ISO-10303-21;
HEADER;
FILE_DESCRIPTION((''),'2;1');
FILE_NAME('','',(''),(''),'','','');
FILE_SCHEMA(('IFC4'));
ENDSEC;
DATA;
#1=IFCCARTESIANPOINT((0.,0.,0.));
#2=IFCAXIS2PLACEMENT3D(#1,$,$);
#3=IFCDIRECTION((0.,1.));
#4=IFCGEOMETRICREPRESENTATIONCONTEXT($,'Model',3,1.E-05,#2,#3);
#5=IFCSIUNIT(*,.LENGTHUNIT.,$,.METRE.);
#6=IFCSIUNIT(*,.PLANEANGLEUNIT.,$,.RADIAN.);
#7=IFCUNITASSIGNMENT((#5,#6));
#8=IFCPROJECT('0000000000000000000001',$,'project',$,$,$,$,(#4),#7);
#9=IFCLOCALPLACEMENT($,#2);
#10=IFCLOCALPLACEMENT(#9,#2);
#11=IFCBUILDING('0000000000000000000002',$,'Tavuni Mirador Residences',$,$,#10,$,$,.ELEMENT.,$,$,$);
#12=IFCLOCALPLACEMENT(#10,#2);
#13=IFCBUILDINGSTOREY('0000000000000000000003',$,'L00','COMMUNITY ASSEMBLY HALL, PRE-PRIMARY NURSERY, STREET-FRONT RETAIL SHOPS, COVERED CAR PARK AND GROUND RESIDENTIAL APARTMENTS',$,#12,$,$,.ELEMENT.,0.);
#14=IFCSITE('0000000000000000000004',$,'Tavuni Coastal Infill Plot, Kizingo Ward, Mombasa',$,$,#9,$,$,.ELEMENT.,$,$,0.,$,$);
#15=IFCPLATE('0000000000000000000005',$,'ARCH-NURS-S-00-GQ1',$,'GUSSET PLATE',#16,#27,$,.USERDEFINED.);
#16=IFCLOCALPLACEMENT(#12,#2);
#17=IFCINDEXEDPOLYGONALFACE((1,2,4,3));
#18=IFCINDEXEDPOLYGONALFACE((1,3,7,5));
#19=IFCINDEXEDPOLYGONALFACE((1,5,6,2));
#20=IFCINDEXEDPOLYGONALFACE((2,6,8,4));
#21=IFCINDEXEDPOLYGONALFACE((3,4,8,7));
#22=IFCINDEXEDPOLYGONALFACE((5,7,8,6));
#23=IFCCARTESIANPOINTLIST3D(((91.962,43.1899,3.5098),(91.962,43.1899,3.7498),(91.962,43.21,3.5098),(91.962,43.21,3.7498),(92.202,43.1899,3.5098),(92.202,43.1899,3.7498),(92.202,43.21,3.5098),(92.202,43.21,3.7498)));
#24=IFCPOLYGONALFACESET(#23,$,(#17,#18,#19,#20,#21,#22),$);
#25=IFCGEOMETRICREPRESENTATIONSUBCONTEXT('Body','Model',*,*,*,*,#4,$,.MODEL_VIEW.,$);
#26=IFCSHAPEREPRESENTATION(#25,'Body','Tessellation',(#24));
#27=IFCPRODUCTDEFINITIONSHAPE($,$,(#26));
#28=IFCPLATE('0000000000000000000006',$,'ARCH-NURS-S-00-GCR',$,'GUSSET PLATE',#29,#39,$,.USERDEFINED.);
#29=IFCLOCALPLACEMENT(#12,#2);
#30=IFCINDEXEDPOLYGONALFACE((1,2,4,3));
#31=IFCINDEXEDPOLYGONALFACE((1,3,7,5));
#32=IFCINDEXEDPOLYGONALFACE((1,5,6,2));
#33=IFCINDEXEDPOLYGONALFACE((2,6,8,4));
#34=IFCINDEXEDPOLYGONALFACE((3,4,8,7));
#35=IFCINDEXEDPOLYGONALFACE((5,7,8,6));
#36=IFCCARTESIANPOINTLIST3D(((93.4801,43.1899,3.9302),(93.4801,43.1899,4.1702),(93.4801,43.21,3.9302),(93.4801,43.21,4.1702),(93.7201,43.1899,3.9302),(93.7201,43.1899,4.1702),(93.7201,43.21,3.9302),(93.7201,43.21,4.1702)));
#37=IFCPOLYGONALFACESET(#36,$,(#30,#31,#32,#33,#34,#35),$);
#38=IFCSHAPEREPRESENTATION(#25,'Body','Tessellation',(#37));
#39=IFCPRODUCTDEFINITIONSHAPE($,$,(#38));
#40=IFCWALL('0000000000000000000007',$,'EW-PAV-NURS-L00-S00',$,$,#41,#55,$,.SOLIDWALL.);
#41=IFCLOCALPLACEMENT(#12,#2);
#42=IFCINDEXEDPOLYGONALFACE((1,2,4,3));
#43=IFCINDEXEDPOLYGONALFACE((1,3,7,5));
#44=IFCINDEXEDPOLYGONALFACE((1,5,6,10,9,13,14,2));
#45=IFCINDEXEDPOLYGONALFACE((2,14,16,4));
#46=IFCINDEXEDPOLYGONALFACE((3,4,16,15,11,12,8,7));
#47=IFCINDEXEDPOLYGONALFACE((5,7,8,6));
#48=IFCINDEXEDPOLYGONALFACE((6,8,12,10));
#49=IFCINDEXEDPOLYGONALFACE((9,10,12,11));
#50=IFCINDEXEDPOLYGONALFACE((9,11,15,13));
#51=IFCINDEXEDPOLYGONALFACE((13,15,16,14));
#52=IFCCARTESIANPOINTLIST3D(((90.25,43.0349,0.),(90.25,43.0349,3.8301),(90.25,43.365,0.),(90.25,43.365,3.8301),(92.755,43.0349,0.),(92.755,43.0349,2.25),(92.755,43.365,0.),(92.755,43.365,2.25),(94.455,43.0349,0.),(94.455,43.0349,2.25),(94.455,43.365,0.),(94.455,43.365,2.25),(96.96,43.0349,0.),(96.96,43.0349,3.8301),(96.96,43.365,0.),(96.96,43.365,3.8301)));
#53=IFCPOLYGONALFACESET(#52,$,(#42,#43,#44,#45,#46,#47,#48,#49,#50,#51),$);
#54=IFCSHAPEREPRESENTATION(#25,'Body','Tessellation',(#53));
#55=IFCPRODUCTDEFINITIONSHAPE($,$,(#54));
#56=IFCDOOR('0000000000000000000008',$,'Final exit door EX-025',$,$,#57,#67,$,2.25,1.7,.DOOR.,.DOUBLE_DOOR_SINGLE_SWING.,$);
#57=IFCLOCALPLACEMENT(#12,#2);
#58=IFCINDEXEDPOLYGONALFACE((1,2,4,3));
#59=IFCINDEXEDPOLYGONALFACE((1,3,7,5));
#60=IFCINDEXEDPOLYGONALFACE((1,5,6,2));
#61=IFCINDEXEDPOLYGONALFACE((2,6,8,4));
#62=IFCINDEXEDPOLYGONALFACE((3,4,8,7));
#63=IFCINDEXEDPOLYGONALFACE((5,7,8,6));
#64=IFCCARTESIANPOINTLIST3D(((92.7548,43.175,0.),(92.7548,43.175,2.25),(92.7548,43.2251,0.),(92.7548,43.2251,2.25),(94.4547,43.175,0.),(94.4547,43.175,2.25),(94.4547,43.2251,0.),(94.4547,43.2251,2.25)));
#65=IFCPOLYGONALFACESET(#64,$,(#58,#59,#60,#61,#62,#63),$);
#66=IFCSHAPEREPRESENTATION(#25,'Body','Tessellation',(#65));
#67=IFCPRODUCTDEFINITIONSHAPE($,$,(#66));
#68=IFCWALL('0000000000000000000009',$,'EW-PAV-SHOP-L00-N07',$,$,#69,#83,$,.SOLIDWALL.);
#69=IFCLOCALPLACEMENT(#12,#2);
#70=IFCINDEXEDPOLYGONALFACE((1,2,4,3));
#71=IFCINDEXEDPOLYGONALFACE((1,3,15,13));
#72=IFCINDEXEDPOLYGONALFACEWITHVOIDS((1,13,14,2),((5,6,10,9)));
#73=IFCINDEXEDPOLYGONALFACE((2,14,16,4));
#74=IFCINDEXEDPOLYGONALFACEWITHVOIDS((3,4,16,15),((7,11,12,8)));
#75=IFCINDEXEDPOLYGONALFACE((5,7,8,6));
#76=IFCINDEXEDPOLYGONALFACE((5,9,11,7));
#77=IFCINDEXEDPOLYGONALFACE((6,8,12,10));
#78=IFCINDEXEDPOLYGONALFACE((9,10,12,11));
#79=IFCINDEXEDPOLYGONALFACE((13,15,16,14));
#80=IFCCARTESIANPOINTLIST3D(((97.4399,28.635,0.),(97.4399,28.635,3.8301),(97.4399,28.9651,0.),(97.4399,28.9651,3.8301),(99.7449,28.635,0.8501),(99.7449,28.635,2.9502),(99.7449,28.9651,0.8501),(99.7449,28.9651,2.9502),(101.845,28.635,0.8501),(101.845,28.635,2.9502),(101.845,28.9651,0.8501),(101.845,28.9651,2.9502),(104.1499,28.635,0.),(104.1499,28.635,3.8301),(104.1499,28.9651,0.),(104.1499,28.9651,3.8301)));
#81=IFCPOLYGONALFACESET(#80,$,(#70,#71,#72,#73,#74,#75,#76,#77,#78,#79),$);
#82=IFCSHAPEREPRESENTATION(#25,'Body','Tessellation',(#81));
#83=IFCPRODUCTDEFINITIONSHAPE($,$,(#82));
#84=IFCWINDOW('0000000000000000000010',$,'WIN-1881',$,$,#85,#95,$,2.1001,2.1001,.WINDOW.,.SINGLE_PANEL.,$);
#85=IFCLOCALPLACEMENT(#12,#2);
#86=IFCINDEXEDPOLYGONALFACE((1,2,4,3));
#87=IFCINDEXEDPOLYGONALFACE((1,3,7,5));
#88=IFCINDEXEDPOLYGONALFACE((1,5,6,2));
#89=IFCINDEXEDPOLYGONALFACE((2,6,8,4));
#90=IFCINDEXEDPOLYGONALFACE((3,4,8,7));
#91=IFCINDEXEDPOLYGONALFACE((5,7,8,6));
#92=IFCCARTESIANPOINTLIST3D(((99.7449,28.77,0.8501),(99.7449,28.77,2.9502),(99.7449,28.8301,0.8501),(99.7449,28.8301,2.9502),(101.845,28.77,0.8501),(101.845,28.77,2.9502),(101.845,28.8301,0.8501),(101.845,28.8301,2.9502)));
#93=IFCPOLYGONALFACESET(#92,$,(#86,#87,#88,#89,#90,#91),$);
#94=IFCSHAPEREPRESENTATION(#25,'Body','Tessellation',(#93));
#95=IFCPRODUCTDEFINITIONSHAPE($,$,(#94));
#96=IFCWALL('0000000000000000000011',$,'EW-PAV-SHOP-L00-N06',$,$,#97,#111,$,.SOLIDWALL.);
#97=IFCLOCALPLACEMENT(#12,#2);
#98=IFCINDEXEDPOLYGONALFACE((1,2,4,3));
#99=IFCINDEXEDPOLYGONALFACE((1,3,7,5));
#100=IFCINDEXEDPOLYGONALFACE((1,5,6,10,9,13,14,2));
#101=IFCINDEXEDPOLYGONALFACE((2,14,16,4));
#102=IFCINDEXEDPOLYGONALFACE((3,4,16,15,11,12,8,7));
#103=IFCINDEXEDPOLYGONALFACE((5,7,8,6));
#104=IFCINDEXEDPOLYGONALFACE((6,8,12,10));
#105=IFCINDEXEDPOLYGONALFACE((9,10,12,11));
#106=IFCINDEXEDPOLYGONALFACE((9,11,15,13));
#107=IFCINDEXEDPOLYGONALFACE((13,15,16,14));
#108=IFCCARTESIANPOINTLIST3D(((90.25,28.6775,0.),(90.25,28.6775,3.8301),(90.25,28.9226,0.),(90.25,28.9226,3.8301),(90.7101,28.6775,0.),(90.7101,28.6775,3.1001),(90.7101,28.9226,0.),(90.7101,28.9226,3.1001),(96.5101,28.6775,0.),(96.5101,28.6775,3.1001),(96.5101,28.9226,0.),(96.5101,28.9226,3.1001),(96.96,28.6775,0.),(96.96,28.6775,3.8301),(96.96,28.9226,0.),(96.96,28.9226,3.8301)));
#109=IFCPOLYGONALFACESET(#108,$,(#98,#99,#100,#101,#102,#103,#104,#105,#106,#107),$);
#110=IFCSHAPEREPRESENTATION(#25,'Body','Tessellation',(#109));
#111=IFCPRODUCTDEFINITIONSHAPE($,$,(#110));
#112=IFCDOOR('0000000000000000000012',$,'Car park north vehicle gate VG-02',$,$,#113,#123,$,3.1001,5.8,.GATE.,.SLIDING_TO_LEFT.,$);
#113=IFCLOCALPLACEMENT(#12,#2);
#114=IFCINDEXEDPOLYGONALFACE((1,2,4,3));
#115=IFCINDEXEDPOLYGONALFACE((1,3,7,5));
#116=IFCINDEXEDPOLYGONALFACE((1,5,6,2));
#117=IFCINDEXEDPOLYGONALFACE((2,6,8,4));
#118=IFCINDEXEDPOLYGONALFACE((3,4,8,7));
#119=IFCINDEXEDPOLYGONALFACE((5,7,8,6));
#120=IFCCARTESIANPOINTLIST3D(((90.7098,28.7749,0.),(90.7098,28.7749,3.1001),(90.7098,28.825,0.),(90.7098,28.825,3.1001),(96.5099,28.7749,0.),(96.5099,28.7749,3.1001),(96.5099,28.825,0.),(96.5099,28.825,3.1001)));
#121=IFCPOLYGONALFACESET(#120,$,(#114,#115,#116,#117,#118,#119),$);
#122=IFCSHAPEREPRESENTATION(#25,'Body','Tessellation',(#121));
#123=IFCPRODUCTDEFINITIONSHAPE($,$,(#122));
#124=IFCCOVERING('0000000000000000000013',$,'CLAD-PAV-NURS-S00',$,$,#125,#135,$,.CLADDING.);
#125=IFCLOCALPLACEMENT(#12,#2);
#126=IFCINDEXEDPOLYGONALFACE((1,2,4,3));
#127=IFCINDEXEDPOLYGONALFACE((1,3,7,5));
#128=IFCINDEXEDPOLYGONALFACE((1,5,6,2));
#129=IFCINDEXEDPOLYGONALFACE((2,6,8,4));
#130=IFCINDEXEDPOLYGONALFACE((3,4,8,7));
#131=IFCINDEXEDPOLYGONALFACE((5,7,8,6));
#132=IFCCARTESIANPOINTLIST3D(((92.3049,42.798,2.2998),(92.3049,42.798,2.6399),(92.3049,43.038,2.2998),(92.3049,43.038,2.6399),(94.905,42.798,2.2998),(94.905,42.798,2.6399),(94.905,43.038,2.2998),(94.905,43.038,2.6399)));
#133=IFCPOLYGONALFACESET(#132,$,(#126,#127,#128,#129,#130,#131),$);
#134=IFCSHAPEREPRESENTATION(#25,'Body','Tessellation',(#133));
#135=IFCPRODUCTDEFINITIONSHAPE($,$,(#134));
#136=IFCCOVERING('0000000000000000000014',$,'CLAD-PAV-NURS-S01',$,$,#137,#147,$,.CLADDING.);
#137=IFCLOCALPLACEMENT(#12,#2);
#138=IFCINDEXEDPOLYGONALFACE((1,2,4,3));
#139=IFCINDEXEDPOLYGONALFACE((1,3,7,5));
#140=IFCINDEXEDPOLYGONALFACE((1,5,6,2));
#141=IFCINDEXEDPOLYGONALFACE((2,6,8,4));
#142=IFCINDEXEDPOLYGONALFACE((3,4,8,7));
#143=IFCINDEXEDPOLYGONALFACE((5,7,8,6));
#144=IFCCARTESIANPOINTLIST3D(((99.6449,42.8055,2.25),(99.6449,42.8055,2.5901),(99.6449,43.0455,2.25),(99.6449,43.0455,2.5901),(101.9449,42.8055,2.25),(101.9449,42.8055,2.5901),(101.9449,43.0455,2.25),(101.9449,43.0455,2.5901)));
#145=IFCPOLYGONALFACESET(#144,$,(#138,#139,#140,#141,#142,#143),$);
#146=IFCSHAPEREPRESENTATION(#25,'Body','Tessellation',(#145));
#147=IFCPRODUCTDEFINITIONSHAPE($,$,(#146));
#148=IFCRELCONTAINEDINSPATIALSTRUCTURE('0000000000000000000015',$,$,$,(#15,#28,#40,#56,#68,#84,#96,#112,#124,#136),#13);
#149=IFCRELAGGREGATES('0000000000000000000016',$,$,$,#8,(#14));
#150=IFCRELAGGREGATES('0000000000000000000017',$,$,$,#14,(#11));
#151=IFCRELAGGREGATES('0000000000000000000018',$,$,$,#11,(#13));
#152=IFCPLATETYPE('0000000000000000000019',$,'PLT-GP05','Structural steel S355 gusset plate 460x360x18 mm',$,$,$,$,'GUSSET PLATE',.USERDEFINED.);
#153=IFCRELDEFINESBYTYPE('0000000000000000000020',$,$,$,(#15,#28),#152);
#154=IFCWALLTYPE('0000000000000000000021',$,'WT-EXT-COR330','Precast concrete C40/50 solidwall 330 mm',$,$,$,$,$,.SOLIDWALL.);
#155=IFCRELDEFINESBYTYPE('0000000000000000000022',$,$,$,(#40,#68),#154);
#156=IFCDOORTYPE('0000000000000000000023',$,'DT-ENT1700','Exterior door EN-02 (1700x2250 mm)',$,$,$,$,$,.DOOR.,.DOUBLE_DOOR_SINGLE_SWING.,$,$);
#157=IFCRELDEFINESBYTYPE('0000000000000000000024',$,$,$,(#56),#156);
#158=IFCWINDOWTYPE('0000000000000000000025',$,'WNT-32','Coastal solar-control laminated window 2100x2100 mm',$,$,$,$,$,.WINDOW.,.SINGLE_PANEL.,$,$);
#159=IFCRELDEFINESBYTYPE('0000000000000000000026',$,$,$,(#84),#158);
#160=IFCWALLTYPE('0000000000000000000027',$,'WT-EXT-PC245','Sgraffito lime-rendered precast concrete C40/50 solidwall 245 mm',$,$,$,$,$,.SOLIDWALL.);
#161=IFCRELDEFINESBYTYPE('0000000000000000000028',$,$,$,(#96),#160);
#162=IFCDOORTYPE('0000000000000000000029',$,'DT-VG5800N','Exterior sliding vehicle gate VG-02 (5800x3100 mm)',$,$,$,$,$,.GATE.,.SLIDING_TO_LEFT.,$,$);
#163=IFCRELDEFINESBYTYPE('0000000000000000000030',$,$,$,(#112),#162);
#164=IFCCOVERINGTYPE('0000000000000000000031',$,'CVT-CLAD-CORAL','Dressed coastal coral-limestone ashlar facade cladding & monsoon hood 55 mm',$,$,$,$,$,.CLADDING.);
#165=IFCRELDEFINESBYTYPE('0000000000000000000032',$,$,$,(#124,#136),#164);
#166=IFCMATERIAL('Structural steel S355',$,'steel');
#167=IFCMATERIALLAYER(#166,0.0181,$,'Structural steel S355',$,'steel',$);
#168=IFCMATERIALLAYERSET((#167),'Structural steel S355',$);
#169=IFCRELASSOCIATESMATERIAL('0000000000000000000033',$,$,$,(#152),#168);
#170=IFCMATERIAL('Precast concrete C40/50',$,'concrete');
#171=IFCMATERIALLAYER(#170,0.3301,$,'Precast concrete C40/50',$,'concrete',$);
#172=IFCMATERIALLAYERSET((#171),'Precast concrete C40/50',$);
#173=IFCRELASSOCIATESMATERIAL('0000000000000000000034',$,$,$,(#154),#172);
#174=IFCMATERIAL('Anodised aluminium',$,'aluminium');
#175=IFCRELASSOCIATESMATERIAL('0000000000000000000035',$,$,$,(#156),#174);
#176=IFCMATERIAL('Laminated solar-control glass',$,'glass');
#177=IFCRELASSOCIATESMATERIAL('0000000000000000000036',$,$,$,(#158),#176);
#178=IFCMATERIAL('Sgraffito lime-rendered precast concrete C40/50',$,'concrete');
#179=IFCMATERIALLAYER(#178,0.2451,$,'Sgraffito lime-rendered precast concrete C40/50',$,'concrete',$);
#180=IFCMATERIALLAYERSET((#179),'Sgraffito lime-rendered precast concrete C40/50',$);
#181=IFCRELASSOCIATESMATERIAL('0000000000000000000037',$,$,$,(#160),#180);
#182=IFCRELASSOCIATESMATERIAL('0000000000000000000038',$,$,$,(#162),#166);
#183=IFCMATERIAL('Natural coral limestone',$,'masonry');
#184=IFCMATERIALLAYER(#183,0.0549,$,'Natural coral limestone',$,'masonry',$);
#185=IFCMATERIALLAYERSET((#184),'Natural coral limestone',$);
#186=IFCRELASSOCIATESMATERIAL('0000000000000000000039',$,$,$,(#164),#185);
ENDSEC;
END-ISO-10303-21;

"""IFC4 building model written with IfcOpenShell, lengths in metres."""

from ifc_helpers import new_model, si_unit, direction, frame, frame_2d, origin, origin_2d, place, context, subcontext, project, spatial, rectangle, extrude, material, layer, layer_set, type_object, element, fill, save


model = new_model("IFC4")

# Units and contexts
model_context = context("Model", 3, precision=1e-05, world=origin(), true_north=direction((0.0, 1.0)))
body_context = subcontext(model_context, "Body", "Model", "MODEL_VIEW")
ifc_project = project(units=[si_unit("LENGTHUNIT", "METRE"), si_unit("PLANEANGLEUNIT", "RADIAN")], contexts=[model_context])

# Site, building, storey
site_placement = place(None, origin())
site = spatial("IfcSite", under=ifc_project, at=site_placement, Name="Tavuni Coastal Infill Plot, Kizingo Ward, Mombasa", CompositionType="ELEMENT", RefElevation=0.0)
building_placement = place(site_placement, origin())
building = spatial("IfcBuilding", under=site, at=building_placement, Name="Tavuni Mirador Residences", CompositionType="ELEMENT")
storey_placement = place(building_placement, origin())
storey = spatial("IfcBuildingStorey", under=building, at=storey_placement, Name="L00", Description="COMMUNITY ASSEMBLY HALL, PRE-PRIMARY NURSERY, STREET-FRONT RETAIL SHOPS, COVERED CAR PARK AND GROUND RESIDENTIAL APARTMENTS", CompositionType="ELEMENT", Elevation=0.0)

# Shared definitions
ifc_material_1 = material(Name="Precast concrete C40/50", Category="concrete")

# Shared definitions
ifc_material_2 = material(Name="Structural steel S355", Category="steel")

# Plates
ifc_layer_1 = layer(ifc_material_2, 0.0181, Name="Structural steel S355", Category="steel")
ifc_layer_set_1 = layer_set([ifc_layer_1], Name="Structural steel S355")
plate_type = type_object("IfcPlateType", Name="PLT-GP05", Description="Structural steel S355 gusset plate 460x360x18 mm", ElementType="GUSSET PLATE", PredefinedType="USERDEFINED", material=ifc_layer_set_1)
for number, where, z_axis, x_axis, name in (
    (1, (92.082, 43.2, 3.5098), (0.0, 0.0, 1.0), (1.0, 0.0, 0.0), "ARCH-NURS-S-00-GQ1"),
    (2, (93.6001, 43.2, 3.9302), (0.0, 0.0, 1.0), (1.0, 0.0, 0.0), "ARCH-NURS-S-00-GCR"),
):
    element("IfcPlate", number, at=place(storey_placement, frame(where, z_axis=z_axis, x_axis=x_axis)), inside=storey, type_object=plate_type, Name=name, ObjectType="GUSSET PLATE", PredefinedType="USERDEFINED", context=body_context, shape_type="SweptSolid", body=[
        extrude(rectangle(XDim=0.24, YDim=0.02, at=origin_2d()), origin(), (0.0, 0.0, 1.0), 0.24),
    ])

# Wall, opening, door
ifc_layer_2 = layer(ifc_material_1, 0.3301, Name="Precast concrete C40/50", Category="concrete")
ifc_layer_set_2 = layer_set([ifc_layer_2], Name="Precast concrete C40/50")
wall_type_1 = type_object("IfcWallType", Name="WT-EXT-COR330", Description="Precast concrete C40/50 solidwall 330 mm", PredefinedType="SOLIDWALL", material=ifc_layer_set_2)
wall_1_placement = place(storey_placement, frame((90.25, 43.2, 0.0), z_axis=(0.0, 0.0, 1.0), x_axis=(1.0, 0.0, 0.0)))
wall_1 = element("IfcWall", 3, at=wall_1_placement, inside=storey, type_object=wall_type_1, Name="EW-PAV-NURS-L00-S00", PredefinedType="SOLIDWALL", context=body_context, shape_type="SweptSolid", body=[
    extrude(rectangle(XDim=6.71, YDim=0.3301, at=frame_2d((3.355, 0.0))), origin(), (0.0, 0.0, 1.0), 3.8301),
])
opening_1_placement = place(wall_1_placement, frame((2.5049, 0.0, 0.0)))
opening_1 = element("IfcOpeningElement", 4, at=opening_1_placement, cuts=wall_1, PredefinedType="OPENING", context=body_context, shape_type="SweptSolid", body=[
    extrude(rectangle(XDim=1.7, YDim=2.25, at=frame_2d((0.8501, 1.125))), frame((0.0, 0.175, 0.0), z_axis=(0.0, -1.0, 0.0), x_axis=(1.0, 0.0, 0.0)), (0.0, 0.0, 1.0), 0.3501),
])
ifc_material_3 = material(Name="Anodised aluminium", Category="aluminium")
door_type_1 = type_object("IfcDoorType", Name="DT-ENT1700", Description="Exterior door EN-02 (1700x2250 mm)", OperationType="DOUBLE_DOOR_SINGLE_SWING", PredefinedType="DOOR", material=ifc_material_3)
door_1_placement = place(opening_1_placement, frame((1.7, 0.0, 0.0), z_axis=(0.0, 0.0, 1.0), x_axis=(-1.0, 0.0, 0.0)))
door_1 = element("IfcDoor", 5, at=door_1_placement, inside=storey, type_object=door_type_1, Name="Final exit door EX-025", OperationType="DOUBLE_DOOR_SINGLE_SWING", OverallHeight=2.25, OverallWidth=1.7, PredefinedType="DOOR", context=body_context, shape_type="SweptSolid", body=[
    extrude(rectangle(XDim=1.7, YDim=2.25, at=frame_2d((0.8501, 1.125))), frame((0.0, 0.0249, 0.0), z_axis=(0.0, -1.0, 0.0), x_axis=(1.0, 0.0, 0.0)), (0.0, 0.0, 1.0), 0.05),
])
fill(opening_1, door_1)

# Wall, opening, window
wall_2_placement = place(storey_placement, frame((104.1499, 28.8, 0.0), z_axis=(0.0, 0.0, 1.0), x_axis=(-1.0, 0.0, 0.0)))
wall_2 = element("IfcWall", 6, at=wall_2_placement, inside=storey, type_object=wall_type_1, Name="EW-PAV-SHOP-L00-N07", PredefinedType="SOLIDWALL", context=body_context, shape_type="SweptSolid", body=[
    extrude(rectangle(XDim=6.71, YDim=0.3301, at=frame_2d((3.355, 0.0))), origin(), (0.0, 0.0, 1.0), 3.8301),
])
opening_2_placement = place(wall_2_placement, frame((2.3049, 0.0, 0.8501)))
opening_2 = element("IfcOpeningElement", 7, at=opening_2_placement, cuts=wall_2, PredefinedType="OPENING", context=body_context, shape_type="SweptSolid", body=[
    extrude(rectangle(XDim=2.1001, YDim=2.1001, at=frame_2d((1.05, 1.05))), frame((0.0, 0.175, 0.0), z_axis=(0.0, -1.0, 0.0), x_axis=(1.0, 0.0, 0.0)), (0.0, 0.0, 1.0), 0.3501),
])
ifc_material_4 = material(Name="Laminated solar-control glass", Category="glass")
window_type = type_object("IfcWindowType", Name="WNT-32", Description="Coastal solar-control laminated window 2100x2100 mm", PartitioningType="SINGLE_PANEL", PredefinedType="WINDOW", material=ifc_material_4)
window_placement = place(opening_2_placement, origin())
window = element("IfcWindow", 8, at=window_placement, inside=storey, type_object=window_type, Name="WIN-1881", OverallHeight=2.1001, OverallWidth=2.1001, PartitioningType="SINGLE_PANEL", PredefinedType="WINDOW", context=body_context, shape_type="SweptSolid", body=[
    extrude(rectangle(XDim=2.1001, YDim=2.1001, at=frame_2d((1.05, 1.05))), frame((0.0, 0.03, 0.0), z_axis=(0.0, -1.0, 0.0), x_axis=(1.0, 0.0, 0.0)), (0.0, 0.0, 1.0), 0.0601),
])
fill(opening_2, window)

# Wall, opening, door
ifc_material_5 = material(Name="Sgraffito lime-rendered precast concrete C40/50", Category="concrete")
ifc_layer_3 = layer(ifc_material_5, 0.2451, Name="Sgraffito lime-rendered precast concrete C40/50", Category="concrete")
ifc_layer_set_3 = layer_set([ifc_layer_3], Name="Sgraffito lime-rendered precast concrete C40/50")
wall_type_2 = type_object("IfcWallType", Name="WT-EXT-PC245", Description="Sgraffito lime-rendered precast concrete C40/50 solidwall 245 mm", PredefinedType="SOLIDWALL", material=ifc_layer_set_3)
wall_3_placement = place(storey_placement, frame((96.96, 28.8, 0.0), z_axis=(0.0, 0.0, 1.0), x_axis=(-1.0, 0.0, 0.0)))
wall_3 = element("IfcWall", 9, at=wall_3_placement, inside=storey, type_object=wall_type_2, Name="EW-PAV-SHOP-L00-N06", PredefinedType="SOLIDWALL", context=body_context, shape_type="SweptSolid", body=[
    extrude(rectangle(XDim=6.71, YDim=0.2451, at=frame_2d((3.355, 0.0))), origin(), (0.0, 0.0, 1.0), 3.8301),
])
opening_3_placement = place(wall_3_placement, frame((0.45, 0.0, 0.0)))
opening_3 = element("IfcOpeningElement", 10, at=opening_3_placement, cuts=wall_3, PredefinedType="OPENING", context=body_context, shape_type="SweptSolid", body=[
    extrude(rectangle(XDim=5.8, YDim=3.1001, at=frame_2d((2.8999, 1.55))), frame((0.0, 0.1326, 0.0), z_axis=(0.0, -1.0, 0.0), x_axis=(1.0, 0.0, 0.0)), (0.0, 0.0, 1.0), 0.2651),
])
door_type_2 = type_object("IfcDoorType", Name="DT-VG5800N", Description="Exterior sliding vehicle gate VG-02 (5800x3100 mm)", OperationType="SLIDING_TO_LEFT", PredefinedType="GATE", material=ifc_material_2)
door_2_placement = place(opening_3_placement, frame((5.8, 0.0, 0.0), z_axis=(0.0, 0.0, 1.0), x_axis=(-1.0, 0.0, 0.0)))
door_2 = element("IfcDoor", 11, at=door_2_placement, inside=storey, type_object=door_type_2, Name="Car park north vehicle gate VG-02", OperationType="SLIDING_TO_LEFT", OverallHeight=3.1001, OverallWidth=5.8, PredefinedType="GATE", context=body_context, shape_type="SweptSolid", body=[
    extrude(rectangle(XDim=5.8, YDim=3.1001, at=frame_2d((2.8999, 1.55))), frame((0.0, 0.0249, 0.0), z_axis=(0.0, -1.0, 0.0), x_axis=(1.0, 0.0, 0.0)), (0.0, 0.0, 1.0), 0.05),
])
fill(opening_3, door_2)

# Coverings
ifc_material_6 = material(Name="Natural coral limestone", Category="masonry")
ifc_layer_4 = layer(ifc_material_6, 0.0549, Name="Natural coral limestone", Category="masonry")
ifc_layer_set_4 = layer_set([ifc_layer_4], Name="Natural coral limestone")
covering_type = type_object("IfcCoveringType", Name="CVT-CLAD-CORAL", Description="Dressed coastal coral-limestone ashlar facade cladding & monsoon hood 55 mm", PredefinedType="CLADDING", material=ifc_layer_set_4)
covering_1_placement = place(storey_placement, frame((93.605, 42.918, 2.2998), z_axis=(0.0, 0.0, 1.0), x_axis=(1.0, 0.0, 0.0)))
element("IfcCovering", 12, at=covering_1_placement, inside=storey, type_object=covering_type, Name="CLAD-PAV-NURS-S00", PredefinedType="CLADDING", context=body_context, shape_type="SweptSolid", body=[
    extrude(rectangle(XDim=2.6001, YDim=0.24, at=origin_2d()), origin(), (0.0, 0.0, 1.0), 0.3401),
])
covering_2_placement = place(storey_placement, frame((100.7949, 42.9255, 2.25), z_axis=(0.0, 0.0, 1.0), x_axis=(1.0, 0.0, 0.0)))
element("IfcCovering", 13, at=covering_2_placement, inside=storey, type_object=covering_type, Name="CLAD-PAV-NURS-S01", PredefinedType="CLADDING", context=body_context, shape_type="SweptSolid", body=[
    extrude(rectangle(XDim=2.3, YDim=0.24, at=origin_2d()), origin(), (0.0, 0.0, 1.0), 0.3401),
])

save(model, "model.ifc")
